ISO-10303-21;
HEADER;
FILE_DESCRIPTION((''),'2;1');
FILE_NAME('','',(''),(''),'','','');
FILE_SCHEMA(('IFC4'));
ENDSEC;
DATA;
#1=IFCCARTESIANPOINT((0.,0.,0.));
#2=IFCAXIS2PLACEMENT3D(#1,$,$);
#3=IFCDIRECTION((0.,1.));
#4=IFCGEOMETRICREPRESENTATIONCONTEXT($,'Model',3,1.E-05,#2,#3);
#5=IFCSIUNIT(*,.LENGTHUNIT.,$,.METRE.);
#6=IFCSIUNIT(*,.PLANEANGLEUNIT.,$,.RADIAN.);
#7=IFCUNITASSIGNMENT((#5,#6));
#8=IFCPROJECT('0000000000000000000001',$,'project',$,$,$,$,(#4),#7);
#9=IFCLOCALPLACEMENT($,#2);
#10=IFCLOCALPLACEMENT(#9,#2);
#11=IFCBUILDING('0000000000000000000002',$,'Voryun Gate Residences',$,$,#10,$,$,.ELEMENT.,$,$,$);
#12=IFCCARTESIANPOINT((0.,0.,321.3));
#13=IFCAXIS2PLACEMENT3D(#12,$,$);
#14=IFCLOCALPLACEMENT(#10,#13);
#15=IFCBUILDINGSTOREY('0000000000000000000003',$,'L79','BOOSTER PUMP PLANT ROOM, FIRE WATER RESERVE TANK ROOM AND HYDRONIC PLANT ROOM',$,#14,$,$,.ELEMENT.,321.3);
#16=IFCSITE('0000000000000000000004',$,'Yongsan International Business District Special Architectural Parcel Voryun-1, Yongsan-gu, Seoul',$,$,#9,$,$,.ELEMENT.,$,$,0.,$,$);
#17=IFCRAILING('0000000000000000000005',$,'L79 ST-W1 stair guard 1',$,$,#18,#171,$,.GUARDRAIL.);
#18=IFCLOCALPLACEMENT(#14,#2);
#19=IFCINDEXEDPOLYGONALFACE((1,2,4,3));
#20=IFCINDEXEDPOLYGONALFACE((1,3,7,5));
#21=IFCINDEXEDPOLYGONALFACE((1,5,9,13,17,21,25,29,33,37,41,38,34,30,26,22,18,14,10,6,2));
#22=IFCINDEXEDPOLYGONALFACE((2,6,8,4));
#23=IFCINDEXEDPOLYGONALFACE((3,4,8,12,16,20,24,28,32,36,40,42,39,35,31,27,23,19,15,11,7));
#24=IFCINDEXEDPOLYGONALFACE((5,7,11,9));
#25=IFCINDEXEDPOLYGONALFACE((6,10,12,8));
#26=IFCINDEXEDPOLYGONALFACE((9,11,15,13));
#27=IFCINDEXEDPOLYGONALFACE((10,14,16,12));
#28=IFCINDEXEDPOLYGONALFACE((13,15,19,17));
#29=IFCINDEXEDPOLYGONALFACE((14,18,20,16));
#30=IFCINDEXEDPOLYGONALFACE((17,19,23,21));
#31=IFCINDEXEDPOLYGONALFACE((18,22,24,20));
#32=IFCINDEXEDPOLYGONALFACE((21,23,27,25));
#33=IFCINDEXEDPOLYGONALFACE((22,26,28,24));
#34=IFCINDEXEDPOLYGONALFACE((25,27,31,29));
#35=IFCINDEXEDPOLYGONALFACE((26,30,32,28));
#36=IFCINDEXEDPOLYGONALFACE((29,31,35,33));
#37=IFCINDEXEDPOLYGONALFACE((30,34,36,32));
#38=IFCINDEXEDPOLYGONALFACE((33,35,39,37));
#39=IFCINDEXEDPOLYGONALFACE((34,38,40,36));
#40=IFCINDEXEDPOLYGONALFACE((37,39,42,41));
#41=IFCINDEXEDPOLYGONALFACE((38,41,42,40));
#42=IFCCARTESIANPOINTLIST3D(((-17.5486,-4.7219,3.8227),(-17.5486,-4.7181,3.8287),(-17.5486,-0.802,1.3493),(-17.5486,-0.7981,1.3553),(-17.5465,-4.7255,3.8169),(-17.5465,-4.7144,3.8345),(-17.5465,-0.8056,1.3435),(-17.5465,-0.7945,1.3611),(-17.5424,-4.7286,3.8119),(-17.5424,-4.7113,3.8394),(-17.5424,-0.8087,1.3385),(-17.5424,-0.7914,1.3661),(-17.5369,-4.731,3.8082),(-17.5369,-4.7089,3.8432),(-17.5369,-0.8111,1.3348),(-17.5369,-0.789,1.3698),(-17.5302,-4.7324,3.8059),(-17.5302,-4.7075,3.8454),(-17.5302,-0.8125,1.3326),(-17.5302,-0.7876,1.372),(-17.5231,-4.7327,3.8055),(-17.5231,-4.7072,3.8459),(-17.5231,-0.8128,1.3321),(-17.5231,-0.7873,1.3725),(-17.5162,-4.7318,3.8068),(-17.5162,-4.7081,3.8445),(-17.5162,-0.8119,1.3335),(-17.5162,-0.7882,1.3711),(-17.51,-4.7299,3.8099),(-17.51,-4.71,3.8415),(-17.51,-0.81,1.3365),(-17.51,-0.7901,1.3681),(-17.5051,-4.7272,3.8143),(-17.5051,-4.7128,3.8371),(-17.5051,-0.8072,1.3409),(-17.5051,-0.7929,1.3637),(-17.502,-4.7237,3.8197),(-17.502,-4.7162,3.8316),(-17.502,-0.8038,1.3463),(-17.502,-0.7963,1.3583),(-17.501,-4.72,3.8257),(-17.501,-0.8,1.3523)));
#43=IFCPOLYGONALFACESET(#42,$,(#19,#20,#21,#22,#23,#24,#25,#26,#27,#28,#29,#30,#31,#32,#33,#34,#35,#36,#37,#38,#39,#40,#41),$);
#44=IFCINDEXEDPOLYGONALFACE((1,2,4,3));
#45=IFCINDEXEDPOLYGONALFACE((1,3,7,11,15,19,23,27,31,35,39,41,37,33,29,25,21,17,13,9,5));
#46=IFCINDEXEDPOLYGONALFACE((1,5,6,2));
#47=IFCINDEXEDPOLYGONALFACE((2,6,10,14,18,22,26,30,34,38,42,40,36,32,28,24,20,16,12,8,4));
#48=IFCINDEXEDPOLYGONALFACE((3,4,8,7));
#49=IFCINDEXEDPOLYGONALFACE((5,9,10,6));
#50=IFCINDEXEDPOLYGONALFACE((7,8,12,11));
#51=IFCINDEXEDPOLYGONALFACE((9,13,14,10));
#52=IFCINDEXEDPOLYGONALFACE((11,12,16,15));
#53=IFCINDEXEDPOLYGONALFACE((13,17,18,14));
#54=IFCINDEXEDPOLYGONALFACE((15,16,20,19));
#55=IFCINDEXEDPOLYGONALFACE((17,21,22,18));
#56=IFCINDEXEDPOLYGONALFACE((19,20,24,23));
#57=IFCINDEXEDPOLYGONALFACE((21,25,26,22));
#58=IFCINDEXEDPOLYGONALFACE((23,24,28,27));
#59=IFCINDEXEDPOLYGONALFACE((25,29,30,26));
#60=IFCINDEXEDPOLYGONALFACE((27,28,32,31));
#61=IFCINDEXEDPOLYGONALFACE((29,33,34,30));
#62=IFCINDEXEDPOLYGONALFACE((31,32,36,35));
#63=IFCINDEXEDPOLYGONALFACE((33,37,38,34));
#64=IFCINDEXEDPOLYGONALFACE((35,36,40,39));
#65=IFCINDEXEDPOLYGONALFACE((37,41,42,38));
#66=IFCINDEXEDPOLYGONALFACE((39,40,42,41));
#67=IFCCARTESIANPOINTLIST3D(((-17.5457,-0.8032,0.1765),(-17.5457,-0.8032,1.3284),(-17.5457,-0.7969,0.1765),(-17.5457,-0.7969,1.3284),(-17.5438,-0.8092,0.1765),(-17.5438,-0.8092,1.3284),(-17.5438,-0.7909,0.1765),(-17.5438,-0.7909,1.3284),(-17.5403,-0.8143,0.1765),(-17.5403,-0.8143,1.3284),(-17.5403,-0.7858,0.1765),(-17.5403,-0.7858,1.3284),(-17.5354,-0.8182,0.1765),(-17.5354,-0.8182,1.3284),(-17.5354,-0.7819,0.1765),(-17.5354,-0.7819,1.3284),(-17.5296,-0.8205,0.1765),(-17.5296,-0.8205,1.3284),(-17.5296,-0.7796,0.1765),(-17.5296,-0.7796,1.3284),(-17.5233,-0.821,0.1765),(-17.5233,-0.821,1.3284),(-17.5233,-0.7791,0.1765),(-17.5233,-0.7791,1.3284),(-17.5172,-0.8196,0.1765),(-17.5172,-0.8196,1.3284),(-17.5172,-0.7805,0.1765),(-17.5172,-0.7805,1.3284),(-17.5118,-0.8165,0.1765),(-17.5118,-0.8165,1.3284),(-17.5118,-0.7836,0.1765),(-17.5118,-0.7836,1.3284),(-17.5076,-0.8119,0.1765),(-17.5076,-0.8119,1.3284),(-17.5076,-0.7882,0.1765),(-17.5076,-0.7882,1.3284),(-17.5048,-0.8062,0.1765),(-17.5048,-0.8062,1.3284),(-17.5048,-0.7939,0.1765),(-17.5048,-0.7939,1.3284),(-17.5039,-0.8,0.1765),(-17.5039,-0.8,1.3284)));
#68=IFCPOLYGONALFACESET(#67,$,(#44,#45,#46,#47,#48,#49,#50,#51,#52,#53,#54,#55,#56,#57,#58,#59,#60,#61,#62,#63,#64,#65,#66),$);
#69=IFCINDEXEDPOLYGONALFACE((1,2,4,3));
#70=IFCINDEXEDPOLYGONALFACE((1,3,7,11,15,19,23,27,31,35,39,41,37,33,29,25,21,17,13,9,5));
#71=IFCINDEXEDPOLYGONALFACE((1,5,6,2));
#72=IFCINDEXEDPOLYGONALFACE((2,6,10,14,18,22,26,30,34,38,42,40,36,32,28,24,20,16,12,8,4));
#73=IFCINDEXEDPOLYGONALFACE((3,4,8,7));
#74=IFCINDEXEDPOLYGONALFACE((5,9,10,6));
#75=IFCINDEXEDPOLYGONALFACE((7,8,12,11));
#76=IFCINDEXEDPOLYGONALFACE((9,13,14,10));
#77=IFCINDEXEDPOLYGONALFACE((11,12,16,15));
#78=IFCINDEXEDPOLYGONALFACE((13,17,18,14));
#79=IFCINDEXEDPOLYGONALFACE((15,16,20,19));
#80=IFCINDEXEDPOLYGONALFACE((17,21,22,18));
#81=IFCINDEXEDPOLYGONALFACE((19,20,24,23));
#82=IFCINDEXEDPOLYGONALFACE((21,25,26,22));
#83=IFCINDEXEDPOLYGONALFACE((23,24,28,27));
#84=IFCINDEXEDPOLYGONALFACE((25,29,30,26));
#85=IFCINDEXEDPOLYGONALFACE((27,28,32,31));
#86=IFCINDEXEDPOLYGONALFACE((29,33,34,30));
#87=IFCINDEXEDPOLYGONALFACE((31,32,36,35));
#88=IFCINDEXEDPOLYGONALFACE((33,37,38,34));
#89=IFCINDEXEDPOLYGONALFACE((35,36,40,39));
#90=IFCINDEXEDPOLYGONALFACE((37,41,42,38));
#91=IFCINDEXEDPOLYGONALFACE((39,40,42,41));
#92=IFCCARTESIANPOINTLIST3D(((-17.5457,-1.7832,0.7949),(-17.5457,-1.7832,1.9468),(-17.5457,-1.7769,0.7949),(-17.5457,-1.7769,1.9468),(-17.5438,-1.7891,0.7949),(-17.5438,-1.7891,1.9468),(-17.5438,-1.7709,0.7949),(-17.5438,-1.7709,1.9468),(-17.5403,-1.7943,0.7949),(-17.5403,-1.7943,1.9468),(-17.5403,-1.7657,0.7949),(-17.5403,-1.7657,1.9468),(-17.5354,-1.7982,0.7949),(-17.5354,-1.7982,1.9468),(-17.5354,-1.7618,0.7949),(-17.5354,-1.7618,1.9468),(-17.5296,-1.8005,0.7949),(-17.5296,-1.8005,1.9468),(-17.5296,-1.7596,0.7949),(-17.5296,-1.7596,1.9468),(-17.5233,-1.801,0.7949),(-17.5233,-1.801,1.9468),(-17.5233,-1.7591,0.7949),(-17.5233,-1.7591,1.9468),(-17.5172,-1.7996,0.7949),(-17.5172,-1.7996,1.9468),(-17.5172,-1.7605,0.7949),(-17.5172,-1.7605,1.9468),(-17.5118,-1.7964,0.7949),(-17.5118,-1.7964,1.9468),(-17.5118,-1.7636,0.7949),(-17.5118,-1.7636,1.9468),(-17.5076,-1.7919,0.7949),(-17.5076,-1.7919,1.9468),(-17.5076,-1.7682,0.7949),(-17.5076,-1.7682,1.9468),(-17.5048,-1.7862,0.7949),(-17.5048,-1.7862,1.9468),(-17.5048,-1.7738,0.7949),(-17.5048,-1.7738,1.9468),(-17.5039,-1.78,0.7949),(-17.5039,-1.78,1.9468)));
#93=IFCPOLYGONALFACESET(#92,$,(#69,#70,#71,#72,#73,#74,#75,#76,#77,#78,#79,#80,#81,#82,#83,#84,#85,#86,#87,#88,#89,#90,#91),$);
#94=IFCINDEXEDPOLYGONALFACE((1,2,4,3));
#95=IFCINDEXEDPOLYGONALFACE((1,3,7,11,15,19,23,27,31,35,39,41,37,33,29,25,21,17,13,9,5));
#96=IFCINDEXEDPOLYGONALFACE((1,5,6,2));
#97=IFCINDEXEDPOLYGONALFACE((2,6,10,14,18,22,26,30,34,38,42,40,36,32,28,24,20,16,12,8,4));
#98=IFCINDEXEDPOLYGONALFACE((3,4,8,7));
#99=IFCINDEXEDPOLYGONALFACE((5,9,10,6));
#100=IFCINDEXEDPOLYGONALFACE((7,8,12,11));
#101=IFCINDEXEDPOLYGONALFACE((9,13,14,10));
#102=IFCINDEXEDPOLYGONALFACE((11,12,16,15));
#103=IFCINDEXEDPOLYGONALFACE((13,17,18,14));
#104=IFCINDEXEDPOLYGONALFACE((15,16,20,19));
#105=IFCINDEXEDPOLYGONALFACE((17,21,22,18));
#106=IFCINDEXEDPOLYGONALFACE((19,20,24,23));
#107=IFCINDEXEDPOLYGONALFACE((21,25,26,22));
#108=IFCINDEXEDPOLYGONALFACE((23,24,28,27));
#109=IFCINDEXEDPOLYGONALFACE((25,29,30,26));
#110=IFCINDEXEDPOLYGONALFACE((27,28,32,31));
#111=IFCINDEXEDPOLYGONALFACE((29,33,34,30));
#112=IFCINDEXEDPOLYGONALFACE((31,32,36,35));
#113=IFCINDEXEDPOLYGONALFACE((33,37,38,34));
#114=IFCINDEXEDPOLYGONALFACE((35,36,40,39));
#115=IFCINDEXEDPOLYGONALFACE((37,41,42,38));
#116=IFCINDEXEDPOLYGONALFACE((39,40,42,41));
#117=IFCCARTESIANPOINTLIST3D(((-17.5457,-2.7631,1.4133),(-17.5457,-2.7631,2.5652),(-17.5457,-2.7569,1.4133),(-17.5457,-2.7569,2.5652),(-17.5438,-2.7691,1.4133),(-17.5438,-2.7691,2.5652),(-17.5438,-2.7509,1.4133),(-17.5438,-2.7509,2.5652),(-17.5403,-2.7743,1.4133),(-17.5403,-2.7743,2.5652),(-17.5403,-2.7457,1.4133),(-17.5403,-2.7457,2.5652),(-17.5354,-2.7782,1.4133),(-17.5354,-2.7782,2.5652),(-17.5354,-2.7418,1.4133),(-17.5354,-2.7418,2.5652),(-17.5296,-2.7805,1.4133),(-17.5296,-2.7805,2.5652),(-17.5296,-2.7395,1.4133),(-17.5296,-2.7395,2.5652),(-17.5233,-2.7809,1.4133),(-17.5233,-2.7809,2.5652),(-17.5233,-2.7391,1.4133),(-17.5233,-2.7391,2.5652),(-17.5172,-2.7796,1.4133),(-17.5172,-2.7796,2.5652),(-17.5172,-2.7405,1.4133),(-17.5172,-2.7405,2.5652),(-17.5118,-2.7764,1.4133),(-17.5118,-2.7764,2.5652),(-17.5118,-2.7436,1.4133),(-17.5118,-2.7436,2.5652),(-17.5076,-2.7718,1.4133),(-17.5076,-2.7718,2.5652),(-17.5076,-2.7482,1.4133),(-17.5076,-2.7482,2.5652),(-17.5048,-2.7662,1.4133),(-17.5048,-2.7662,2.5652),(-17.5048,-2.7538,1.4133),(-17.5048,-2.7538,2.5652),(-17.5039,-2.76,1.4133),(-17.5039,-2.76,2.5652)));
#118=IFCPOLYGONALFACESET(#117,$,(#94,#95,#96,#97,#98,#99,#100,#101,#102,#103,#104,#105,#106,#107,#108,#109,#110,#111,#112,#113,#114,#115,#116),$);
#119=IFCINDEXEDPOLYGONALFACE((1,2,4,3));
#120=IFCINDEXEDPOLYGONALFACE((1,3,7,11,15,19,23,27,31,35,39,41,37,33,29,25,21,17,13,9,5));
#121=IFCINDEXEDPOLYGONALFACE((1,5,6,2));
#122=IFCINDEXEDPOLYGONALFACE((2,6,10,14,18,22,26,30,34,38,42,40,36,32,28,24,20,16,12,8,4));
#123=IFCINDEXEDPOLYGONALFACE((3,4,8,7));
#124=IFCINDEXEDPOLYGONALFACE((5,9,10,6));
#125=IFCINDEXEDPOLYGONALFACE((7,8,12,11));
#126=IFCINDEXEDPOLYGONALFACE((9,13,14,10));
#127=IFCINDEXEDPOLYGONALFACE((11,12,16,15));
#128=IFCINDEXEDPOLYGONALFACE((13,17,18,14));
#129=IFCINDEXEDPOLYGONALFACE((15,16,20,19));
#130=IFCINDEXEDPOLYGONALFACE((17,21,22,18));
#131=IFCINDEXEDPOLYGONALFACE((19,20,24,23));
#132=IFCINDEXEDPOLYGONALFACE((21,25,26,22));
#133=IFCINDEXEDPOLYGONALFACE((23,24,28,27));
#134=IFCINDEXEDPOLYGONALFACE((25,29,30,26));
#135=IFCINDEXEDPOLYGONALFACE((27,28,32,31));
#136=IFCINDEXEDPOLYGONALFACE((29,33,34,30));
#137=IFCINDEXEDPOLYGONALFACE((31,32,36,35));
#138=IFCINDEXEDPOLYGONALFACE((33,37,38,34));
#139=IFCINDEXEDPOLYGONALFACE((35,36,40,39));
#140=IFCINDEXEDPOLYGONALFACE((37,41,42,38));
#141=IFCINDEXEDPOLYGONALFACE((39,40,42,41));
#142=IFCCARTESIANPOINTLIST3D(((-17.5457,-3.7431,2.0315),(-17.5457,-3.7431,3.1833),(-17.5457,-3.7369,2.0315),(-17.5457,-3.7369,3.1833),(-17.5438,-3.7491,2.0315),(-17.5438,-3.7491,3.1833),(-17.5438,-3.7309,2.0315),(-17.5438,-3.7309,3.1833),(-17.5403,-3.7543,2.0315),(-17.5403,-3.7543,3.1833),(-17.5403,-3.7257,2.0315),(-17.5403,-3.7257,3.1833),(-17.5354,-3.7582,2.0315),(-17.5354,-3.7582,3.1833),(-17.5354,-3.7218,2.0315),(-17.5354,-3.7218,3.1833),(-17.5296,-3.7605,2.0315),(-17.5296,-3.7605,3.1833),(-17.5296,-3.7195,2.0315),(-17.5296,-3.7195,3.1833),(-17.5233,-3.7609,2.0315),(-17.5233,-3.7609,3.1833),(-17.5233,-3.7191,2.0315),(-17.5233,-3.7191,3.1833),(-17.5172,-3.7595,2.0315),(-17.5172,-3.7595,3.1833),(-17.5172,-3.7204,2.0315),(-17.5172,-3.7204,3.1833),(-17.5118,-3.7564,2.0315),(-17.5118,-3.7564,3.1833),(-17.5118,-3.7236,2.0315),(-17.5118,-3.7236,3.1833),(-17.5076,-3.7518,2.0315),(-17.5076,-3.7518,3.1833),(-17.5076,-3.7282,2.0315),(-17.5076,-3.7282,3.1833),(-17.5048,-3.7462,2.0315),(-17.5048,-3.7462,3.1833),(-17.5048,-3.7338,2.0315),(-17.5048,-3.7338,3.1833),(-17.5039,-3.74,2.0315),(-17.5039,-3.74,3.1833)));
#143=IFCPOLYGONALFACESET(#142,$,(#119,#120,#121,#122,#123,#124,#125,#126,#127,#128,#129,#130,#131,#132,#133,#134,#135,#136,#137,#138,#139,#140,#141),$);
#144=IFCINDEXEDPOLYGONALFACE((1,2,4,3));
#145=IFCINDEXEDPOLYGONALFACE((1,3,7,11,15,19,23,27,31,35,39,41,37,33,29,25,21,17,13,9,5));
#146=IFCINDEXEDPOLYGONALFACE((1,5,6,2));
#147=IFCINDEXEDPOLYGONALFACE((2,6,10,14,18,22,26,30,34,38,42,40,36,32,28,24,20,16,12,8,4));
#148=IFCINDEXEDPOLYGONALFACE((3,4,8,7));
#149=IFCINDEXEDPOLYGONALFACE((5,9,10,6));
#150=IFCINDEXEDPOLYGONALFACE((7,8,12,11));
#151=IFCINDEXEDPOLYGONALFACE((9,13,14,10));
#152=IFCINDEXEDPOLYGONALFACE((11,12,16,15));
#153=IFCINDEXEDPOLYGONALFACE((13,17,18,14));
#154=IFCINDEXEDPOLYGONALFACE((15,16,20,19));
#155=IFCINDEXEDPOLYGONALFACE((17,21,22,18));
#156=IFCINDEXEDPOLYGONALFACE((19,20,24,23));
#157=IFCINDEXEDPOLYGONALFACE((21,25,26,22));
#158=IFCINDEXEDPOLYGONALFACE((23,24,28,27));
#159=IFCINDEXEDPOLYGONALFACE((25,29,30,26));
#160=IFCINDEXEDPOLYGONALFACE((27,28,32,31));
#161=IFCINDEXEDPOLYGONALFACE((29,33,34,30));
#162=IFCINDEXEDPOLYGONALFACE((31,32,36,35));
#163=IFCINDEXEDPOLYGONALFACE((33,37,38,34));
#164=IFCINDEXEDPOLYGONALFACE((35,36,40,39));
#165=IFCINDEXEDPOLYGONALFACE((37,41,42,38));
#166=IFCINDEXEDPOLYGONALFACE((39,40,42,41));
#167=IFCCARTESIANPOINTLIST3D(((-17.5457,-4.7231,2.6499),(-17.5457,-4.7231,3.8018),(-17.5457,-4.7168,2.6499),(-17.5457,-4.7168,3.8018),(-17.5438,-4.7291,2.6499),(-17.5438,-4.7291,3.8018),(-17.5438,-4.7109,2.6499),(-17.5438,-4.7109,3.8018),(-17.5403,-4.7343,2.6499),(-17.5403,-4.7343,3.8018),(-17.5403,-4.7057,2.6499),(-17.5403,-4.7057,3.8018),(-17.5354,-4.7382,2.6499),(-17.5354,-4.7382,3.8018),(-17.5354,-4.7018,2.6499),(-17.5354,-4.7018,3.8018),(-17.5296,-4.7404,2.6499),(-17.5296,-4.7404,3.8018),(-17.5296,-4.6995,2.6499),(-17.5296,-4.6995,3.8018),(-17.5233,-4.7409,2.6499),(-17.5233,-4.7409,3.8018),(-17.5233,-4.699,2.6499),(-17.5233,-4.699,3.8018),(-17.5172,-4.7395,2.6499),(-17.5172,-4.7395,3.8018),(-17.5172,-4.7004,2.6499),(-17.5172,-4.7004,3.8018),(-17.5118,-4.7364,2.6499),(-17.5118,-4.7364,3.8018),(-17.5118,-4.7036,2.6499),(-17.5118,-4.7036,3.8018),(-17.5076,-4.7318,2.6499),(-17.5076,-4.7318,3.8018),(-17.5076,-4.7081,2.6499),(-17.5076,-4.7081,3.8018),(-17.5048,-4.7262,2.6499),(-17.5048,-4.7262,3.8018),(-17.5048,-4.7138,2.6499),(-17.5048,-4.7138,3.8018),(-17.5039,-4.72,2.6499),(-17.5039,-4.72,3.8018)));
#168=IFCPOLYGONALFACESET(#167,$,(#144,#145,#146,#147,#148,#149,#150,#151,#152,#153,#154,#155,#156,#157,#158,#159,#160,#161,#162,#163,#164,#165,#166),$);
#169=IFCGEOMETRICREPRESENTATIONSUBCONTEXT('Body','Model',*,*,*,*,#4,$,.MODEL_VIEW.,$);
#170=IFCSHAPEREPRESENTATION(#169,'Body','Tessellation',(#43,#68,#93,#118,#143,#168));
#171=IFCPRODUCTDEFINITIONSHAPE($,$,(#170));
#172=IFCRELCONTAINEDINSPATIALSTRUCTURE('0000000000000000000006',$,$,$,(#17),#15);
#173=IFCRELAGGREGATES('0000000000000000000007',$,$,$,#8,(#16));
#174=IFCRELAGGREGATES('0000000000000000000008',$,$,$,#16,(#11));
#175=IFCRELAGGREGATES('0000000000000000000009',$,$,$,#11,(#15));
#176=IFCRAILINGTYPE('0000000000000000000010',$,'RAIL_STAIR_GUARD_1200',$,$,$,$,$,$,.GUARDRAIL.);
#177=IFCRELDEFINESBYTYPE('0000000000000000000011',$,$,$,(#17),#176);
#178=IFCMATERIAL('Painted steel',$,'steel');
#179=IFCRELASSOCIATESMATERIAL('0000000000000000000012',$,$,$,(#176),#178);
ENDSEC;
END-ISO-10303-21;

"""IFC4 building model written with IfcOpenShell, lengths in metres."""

from ifc_helpers import new_model, si_unit, direction, frame, origin, origin_2d, place, context, subcontext, project, spatial, circle, extrude, material, type_object, element, save


model = new_model("IFC4")

# Units and contexts
model_context = context("Model", 3, precision=1e-05, world=origin(), true_north=direction((0.0, 1.0)))
body_context = subcontext(model_context, "Body", "Model", "MODEL_VIEW")
ifc_project = project(units=[si_unit("LENGTHUNIT", "METRE"), si_unit("PLANEANGLEUNIT", "RADIAN")], contexts=[model_context])

# Site, building, storey
site_placement = place(None, origin())
site = spatial("IfcSite", under=ifc_project, at=site_placement, Name="Yongsan International Business District Special Architectural Parcel Voryun-1, Yongsan-gu, Seoul", CompositionType="ELEMENT", RefElevation=0.0)
building_placement = place(site_placement, origin())
building = spatial("IfcBuilding", under=site, at=building_placement, Name="Voryun Gate Residences", CompositionType="ELEMENT")
storey_placement = place(building_placement, frame((0.0, 0.0, 321.3)))
storey = spatial("IfcBuildingStorey", under=building, at=storey_placement, Name="L79", Description="BOOSTER PUMP PLANT ROOM, FIRE WATER RESERVE TANK ROOM AND HYDRONIC PLANT ROOM", CompositionType="ELEMENT", Elevation=321.3)

# Railing
ifc_material_1 = material(Name="Painted steel", Category="steel")
railing_type_1 = type_object("IfcRailingType", Name="RAIL_STAIR_GUARD_1200", PredefinedType="GUARDRAIL", material=ifc_material_1)
railing_1_placement = place(storey_placement, frame((-17.5249, -0.8, 0.1765)))
element("IfcRailing", 1, at=railing_1_placement, inside=storey, type_object=railing_type_1, Name="L79 ST-W1 stair guard 1", PredefinedType="GUARDRAIL", context=body_context, shape_type="SweptSolid", body=[
    extrude(circle(Radius=0.0239, at=origin_2d()), frame((0.0, 0.0, 1.1758), z_axis=(0.0, -0.845718, 0.53363), x_axis=(1.0, 0.0, 0.0)), (0.0, 0.0, 1.0), 4.635),
    extrude(circle(Radius=0.021, at=origin_2d()), origin(), (0.0, 0.0, 1.0), 1.1519),
    extrude(circle(Radius=0.021, at=origin_2d()), frame((0.0, -0.98, 0.6184)), (0.0, 0.0, 1.0), 1.1519),
    extrude(circle(Radius=0.021, at=origin_2d()), frame((0.0, -1.96, 1.2368)), (0.0, 0.0, 1.0), 1.1519),
    extrude(circle(Radius=0.021, at=origin_2d()), frame((0.0, -2.9399, 1.855)), (0.0, 0.0, 1.0), 1.1519),
    extrude(circle(Radius=0.021, at=origin_2d()), frame((0.0, -3.9199, 2.4734)), (0.0, 0.0, 1.0), 1.1519),
])

save(model, "model.ifc")
